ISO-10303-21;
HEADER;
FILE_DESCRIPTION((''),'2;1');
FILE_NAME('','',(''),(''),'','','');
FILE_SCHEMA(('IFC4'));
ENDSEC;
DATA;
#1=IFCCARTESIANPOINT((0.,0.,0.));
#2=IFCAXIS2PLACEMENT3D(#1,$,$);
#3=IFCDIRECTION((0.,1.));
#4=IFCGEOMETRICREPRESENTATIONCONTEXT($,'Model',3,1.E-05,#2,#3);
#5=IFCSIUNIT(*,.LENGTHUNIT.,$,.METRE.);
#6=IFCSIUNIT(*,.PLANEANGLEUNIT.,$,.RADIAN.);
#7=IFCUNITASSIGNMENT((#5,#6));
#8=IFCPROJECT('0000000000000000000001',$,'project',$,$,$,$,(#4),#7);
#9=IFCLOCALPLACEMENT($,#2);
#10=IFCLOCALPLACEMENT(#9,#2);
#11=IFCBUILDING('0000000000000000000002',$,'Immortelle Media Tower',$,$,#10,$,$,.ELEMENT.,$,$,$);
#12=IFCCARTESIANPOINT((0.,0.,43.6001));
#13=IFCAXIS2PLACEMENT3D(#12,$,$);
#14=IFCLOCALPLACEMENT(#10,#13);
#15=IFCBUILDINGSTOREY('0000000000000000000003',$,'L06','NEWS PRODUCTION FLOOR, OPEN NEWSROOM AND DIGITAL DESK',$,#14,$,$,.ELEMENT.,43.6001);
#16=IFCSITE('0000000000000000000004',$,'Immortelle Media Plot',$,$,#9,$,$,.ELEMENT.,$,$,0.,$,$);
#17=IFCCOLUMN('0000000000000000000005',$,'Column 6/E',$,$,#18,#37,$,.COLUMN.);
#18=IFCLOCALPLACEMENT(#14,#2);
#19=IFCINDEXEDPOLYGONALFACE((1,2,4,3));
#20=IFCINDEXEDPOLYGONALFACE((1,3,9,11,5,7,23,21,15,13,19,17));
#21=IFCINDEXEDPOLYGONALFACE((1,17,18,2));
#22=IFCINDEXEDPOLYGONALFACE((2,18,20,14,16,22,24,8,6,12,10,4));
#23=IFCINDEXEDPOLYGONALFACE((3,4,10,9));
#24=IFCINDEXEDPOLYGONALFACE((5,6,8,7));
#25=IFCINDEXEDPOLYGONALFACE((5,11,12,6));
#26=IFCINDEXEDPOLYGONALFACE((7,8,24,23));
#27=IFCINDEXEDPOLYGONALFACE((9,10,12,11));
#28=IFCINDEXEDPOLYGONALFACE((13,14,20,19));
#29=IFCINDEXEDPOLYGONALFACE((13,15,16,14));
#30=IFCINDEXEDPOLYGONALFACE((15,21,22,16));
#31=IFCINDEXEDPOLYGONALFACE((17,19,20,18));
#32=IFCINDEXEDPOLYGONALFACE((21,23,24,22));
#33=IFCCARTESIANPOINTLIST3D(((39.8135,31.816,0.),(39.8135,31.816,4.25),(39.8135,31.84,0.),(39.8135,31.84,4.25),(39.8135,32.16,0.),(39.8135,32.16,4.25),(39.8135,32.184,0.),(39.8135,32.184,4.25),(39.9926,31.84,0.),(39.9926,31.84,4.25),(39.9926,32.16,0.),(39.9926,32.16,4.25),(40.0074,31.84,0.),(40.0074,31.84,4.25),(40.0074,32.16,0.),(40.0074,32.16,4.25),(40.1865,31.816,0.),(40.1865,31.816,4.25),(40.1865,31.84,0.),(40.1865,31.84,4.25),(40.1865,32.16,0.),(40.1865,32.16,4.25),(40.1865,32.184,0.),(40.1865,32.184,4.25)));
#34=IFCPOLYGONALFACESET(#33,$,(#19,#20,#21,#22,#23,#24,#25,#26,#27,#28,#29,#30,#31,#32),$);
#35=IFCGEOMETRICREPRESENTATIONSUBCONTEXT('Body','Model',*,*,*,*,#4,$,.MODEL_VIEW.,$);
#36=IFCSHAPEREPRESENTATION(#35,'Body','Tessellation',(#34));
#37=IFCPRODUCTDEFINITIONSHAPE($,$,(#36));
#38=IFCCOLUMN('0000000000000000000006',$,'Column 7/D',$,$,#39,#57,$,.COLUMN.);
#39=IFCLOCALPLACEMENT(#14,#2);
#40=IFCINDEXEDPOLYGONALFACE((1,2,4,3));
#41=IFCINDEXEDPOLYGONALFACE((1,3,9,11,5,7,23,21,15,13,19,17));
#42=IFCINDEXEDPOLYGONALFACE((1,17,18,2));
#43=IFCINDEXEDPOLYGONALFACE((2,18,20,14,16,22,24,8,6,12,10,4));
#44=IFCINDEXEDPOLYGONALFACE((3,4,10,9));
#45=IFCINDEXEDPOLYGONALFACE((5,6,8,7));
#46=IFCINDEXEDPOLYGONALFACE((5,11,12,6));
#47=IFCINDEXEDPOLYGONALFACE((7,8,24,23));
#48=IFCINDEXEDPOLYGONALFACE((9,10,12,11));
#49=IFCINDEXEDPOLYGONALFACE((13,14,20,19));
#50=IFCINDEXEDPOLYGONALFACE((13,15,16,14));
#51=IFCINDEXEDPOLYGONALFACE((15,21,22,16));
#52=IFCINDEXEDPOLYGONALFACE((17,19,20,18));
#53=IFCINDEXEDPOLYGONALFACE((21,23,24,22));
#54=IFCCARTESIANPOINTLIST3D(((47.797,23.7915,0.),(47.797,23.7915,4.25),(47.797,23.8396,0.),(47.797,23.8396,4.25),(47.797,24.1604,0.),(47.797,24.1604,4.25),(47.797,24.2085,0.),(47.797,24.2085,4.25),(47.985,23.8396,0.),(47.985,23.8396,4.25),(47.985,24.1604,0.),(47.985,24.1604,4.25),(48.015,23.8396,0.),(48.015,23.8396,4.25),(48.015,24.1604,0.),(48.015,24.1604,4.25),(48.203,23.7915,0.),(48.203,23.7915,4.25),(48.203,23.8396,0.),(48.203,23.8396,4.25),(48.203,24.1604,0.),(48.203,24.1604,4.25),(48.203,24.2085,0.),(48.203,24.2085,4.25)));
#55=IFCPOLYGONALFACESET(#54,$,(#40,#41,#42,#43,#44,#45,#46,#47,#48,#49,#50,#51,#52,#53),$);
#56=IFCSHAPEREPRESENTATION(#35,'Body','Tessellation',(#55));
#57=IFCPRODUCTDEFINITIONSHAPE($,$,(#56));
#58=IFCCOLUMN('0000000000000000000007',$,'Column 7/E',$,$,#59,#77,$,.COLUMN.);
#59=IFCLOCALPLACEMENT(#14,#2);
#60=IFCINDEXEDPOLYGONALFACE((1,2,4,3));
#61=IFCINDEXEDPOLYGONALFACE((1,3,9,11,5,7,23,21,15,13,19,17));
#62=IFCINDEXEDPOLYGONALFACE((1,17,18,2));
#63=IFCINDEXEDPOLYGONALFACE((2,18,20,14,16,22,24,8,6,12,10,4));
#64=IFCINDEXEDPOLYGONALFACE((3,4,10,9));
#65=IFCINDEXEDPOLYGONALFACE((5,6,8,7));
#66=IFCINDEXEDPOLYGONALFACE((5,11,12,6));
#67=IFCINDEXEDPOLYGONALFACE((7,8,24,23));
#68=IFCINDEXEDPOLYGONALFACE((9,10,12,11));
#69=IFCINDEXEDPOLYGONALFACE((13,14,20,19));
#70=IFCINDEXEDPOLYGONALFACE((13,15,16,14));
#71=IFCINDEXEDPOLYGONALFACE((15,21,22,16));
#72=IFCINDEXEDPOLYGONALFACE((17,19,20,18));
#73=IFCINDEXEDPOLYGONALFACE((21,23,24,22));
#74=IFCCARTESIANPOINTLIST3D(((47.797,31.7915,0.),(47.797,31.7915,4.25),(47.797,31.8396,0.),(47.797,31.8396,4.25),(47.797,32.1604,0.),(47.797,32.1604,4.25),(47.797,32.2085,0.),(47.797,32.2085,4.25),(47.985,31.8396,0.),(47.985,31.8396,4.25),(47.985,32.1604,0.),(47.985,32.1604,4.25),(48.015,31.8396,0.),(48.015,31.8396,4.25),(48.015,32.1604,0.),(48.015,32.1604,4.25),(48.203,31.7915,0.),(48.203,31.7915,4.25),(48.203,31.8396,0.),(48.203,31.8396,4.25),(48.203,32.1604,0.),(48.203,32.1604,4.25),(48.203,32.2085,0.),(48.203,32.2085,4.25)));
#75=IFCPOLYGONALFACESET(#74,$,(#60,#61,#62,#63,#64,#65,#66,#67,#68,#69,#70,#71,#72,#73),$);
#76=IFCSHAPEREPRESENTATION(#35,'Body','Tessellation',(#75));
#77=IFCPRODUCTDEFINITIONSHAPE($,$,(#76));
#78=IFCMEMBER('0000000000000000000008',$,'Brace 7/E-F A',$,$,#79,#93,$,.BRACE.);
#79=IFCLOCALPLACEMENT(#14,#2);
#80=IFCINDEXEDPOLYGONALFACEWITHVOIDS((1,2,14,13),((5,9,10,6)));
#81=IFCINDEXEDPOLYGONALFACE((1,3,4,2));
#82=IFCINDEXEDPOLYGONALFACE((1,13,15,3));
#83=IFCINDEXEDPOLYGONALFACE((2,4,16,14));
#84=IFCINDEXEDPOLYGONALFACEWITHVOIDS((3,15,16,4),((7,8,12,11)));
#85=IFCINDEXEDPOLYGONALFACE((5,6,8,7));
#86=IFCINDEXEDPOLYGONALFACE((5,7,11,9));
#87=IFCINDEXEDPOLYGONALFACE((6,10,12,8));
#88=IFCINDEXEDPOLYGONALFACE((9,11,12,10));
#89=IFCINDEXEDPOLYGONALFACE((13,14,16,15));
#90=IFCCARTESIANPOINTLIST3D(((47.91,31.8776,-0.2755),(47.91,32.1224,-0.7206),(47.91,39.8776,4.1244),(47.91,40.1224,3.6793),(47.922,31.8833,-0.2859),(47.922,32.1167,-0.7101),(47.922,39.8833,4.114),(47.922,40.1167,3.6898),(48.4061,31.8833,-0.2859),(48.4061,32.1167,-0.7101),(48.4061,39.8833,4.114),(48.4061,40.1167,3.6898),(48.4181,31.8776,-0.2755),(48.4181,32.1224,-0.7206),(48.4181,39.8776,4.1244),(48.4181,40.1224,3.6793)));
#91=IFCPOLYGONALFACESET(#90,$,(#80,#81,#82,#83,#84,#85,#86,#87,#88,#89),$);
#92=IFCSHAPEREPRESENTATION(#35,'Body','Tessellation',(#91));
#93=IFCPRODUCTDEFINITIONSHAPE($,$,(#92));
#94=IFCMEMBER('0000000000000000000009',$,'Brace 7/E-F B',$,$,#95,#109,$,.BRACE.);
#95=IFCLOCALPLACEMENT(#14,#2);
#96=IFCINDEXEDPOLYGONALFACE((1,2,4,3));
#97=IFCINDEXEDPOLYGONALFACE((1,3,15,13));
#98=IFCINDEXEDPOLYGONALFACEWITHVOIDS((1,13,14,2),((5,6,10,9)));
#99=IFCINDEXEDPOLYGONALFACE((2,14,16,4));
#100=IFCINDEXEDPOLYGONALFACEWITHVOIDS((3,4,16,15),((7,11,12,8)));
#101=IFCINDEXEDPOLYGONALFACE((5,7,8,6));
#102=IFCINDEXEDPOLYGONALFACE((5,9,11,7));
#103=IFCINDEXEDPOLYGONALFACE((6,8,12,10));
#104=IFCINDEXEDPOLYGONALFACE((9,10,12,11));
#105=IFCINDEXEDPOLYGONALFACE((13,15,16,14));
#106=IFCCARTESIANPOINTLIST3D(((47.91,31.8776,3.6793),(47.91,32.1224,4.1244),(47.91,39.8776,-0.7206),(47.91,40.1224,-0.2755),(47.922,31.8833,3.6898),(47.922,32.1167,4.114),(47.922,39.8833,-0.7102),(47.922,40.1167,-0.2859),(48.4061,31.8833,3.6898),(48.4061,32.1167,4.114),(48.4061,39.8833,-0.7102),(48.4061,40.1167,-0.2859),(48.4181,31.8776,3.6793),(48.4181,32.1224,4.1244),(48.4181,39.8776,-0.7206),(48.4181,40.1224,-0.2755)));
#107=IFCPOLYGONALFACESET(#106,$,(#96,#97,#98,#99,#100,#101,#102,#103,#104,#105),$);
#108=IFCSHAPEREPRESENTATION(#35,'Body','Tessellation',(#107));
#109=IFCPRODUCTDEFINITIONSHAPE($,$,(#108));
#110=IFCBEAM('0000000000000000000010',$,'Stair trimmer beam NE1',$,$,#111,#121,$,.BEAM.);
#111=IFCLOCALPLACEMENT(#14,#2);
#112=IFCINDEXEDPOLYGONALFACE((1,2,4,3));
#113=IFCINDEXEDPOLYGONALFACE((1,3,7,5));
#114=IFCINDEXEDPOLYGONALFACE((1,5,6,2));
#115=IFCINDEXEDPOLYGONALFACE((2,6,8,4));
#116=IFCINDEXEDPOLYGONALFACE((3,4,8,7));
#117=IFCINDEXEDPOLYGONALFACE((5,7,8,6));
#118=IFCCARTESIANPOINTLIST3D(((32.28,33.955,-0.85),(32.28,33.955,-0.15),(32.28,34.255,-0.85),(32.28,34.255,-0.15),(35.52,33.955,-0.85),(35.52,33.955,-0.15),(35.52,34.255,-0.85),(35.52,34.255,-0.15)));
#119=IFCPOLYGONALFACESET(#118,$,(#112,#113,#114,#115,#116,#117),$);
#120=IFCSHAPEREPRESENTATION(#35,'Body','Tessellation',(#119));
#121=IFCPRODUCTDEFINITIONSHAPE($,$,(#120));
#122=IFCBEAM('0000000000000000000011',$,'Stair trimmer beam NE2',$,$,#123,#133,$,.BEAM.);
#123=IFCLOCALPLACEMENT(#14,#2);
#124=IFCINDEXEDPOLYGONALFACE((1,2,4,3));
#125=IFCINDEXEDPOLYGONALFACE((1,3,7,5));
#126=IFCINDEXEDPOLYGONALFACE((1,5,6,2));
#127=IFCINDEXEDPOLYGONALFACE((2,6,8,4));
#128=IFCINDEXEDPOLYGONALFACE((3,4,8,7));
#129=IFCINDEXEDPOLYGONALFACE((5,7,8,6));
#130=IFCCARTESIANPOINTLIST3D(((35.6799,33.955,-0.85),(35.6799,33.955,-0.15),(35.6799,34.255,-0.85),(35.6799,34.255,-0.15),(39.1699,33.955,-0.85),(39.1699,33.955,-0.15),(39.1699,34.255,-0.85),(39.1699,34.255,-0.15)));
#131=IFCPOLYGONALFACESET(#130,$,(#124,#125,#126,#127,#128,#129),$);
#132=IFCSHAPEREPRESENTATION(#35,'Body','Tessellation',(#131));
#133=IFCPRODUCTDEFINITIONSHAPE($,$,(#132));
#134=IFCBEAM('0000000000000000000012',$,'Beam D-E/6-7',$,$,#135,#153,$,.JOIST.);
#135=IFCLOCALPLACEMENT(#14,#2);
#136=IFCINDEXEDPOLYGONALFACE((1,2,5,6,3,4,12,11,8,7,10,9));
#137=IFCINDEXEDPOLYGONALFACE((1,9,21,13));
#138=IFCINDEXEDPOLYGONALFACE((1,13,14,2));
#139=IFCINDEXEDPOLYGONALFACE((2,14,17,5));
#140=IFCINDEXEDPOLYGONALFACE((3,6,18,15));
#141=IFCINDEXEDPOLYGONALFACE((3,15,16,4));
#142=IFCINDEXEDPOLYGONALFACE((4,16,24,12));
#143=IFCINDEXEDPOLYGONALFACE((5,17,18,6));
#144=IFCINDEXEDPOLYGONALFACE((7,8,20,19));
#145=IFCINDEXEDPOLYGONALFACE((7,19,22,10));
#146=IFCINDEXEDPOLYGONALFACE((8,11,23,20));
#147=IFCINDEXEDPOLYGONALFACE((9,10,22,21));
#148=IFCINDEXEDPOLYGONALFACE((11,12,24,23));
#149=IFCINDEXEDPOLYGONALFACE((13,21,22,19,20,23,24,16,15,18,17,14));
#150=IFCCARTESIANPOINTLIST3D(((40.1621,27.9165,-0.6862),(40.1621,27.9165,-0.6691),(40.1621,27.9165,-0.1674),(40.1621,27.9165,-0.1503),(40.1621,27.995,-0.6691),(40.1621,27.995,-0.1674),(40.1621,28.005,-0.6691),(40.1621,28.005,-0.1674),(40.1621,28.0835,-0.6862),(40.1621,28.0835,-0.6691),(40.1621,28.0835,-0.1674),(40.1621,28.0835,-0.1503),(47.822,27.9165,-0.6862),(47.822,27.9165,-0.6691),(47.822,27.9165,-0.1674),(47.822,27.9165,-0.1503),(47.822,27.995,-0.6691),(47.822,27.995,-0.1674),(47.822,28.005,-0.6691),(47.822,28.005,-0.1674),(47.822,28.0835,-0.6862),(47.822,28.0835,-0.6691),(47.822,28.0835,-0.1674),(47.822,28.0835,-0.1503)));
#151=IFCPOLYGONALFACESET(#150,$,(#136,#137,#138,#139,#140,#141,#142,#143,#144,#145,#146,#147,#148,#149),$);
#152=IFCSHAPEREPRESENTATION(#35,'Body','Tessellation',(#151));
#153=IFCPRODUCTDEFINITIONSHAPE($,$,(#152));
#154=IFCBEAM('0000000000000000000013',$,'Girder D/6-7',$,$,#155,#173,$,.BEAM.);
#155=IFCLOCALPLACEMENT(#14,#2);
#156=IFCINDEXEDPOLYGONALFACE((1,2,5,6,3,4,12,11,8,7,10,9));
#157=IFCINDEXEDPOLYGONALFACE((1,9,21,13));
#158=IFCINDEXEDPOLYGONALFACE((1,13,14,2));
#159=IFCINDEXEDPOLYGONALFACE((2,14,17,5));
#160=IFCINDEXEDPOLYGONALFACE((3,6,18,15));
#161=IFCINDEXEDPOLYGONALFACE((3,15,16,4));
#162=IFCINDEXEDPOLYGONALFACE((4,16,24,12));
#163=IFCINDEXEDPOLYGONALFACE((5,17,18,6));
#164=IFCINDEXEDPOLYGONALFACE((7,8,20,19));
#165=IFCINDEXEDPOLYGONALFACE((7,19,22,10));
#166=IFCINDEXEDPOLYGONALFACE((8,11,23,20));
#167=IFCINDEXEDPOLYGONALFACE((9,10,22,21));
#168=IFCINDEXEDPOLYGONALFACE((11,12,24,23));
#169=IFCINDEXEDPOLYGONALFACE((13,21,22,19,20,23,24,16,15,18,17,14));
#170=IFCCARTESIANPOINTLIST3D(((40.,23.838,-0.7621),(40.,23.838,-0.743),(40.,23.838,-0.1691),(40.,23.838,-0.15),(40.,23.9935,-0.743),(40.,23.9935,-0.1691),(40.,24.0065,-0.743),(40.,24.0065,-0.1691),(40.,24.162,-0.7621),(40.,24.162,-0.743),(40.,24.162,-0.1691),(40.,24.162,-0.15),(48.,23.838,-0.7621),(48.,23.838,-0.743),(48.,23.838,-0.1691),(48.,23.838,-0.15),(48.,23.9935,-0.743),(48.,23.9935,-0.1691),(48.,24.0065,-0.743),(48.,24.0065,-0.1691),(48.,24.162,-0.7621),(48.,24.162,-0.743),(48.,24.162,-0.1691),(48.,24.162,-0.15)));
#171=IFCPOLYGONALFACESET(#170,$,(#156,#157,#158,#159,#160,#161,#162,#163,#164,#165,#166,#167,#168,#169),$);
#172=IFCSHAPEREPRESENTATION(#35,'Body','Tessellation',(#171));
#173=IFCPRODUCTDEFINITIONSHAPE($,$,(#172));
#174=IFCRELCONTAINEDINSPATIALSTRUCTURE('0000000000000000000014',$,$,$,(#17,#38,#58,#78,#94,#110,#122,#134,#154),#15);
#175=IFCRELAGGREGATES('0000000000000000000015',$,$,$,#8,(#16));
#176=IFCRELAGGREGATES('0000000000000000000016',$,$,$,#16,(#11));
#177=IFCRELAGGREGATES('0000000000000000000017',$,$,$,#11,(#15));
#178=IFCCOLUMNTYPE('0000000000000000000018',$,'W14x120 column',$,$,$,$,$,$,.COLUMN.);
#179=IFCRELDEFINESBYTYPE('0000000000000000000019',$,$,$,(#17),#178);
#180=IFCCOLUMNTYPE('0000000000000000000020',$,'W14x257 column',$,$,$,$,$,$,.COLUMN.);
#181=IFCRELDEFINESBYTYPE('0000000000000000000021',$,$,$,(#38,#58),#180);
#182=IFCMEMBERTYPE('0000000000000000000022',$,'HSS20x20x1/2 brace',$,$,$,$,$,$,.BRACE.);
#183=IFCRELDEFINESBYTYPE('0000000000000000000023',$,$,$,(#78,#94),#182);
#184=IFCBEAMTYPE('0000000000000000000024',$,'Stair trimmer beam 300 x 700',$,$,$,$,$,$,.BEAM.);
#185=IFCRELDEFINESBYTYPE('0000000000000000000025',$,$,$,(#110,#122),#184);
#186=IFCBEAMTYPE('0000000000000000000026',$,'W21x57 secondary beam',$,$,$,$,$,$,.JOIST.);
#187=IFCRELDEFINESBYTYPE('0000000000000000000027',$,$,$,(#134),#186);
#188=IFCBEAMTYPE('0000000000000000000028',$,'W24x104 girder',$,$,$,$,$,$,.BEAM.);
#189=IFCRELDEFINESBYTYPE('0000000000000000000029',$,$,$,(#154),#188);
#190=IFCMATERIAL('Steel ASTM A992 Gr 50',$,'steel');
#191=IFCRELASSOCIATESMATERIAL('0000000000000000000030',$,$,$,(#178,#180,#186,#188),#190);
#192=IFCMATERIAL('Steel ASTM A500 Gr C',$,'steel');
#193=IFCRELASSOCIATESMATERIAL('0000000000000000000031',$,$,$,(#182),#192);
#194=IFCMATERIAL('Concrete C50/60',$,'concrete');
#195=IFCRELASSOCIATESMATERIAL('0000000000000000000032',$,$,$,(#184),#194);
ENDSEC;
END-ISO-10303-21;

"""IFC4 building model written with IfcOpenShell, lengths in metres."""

from ifc_helpers import new_model, si_unit, direction, frame, origin, origin_2d, place, context, subcontext, project, spatial, rectangle, hollow_rectangle, i_section, extrude, material, material_profile, profile_set, type_object, element, save


model = new_model("IFC4")

# Units and contexts
model_context = context("Model", 3, precision=1e-05, world=origin(), true_north=direction((0.0, 1.0)))
body_context = subcontext(model_context, "Body", "Model", "MODEL_VIEW")
ifc_project = project(units=[si_unit("LENGTHUNIT", "METRE"), si_unit("PLANEANGLEUNIT", "RADIAN")], contexts=[model_context])

# Site, building, storey
site_placement = place(None, origin())
site = spatial("IfcSite", under=ifc_project, at=site_placement, Name="Immortelle Media Plot", CompositionType="ELEMENT", RefElevation=0.0)
building_placement = place(site_placement, origin())
building = spatial("IfcBuilding", under=site, at=building_placement, Name="Immortelle Media Tower", CompositionType="ELEMENT")
storey_placement = place(building_placement, frame((0.0, 0.0, 43.6001)))
storey = spatial("IfcBuildingStorey", under=building, at=storey_placement, Name="L06", Description="NEWS PRODUCTION FLOOR, OPEN NEWSROOM AND DIGITAL DESK", CompositionType="ELEMENT", Elevation=43.6001)

# Columns
ifc_material_1 = material(Name="Steel ASTM A992 Gr 50", Category="steel")
ifc_material_profile_1 = material_profile(ifc_material_1, i_section(OverallWidth=0.373, OverallDepth=0.3679, WebThickness=0.0149, FlangeThickness=0.0239, at=origin_2d()), Name="W14x120")
ifc_profile_set_1 = profile_set([ifc_material_profile_1], Name="Steel ASTM A992 Gr 50")
column_type_1 = type_object("IfcColumnType", Name="W14x120 column", PredefinedType="COLUMN", material=ifc_profile_set_1)
column_placement = place(storey_placement, frame((40.0, 32.0, 0.0), z_axis=(0.0, 0.0, 1.0), x_axis=(1.0, 0.0, 0.0)))
element("IfcColumn", 1, at=column_placement, inside=storey, type_object=column_type_1, Name="Column 6/E", PredefinedType="COLUMN", context=body_context, shape_type="SweptSolid", body=[
    extrude(i_section(OverallWidth=0.373, OverallDepth=0.3679, WebThickness=0.0149, FlangeThickness=0.0239, at=origin_2d()), origin(), (0.0, 0.0, 1.0), 4.25),
])
ifc_material_profile_2 = material_profile(ifc_material_1, i_section(OverallWidth=0.406, OverallDepth=0.417, WebThickness=0.03, FlangeThickness=0.0481, at=origin_2d()), Name="W14x257")
ifc_profile_set_2 = profile_set([ifc_material_profile_2], Name="Steel ASTM A992 Gr 50")
column_type_2 = type_object("IfcColumnType", Name="W14x257 column", PredefinedType="COLUMN", material=ifc_profile_set_2)
for number, where, z_axis, x_axis, name in (
    (2, (48.0, 24.0, 0.0), (0.0, 0.0, 1.0), (1.0, 0.0, 0.0), "Column 7/D"),
    (3, (48.0, 32.0, 0.0), (0.0, 0.0, 1.0), (1.0, 0.0, 0.0), "Column 7/E"),
):
    element("IfcColumn", number, at=place(storey_placement, frame(where, z_axis=z_axis, x_axis=x_axis)), inside=storey, type_object=column_type_2, Name=name, PredefinedType="COLUMN", context=body_context, shape_type="SweptSolid", body=[
        extrude(i_section(OverallWidth=0.406, OverallDepth=0.417, WebThickness=0.03, FlangeThickness=0.0481, at=origin_2d()), origin(), (0.0, 0.0, 1.0), 4.25),
    ])

# Members
ifc_material_2 = material(Name="Steel ASTM A500 Gr C", Category="steel")
ifc_material_profile_3 = material_profile(ifc_material_2, hollow_rectangle(XDim=0.5081, YDim=0.5081, WallThickness=0.012, at=origin_2d()), Name="HSS20x20x1/2 brace")
ifc_profile_set_3 = profile_set([ifc_material_profile_3], Name="Steel ASTM A500 Gr C")
member_type = type_object("IfcMemberType", Name="HSS20x20x1/2 brace", PredefinedType="BRACE", material=ifc_profile_set_3)
for number, where, z_axis, x_axis, name in (
    (4, (48.1641, 32.0, -0.498), (0.0, 0.87622, 0.481911), (-1.0, 0.0, 0.0), "Brace 7/E-F A"),
    (5, (48.1641, 32.0, 3.9019), (0.0, 0.87622, -0.481911), (-1.0, 0.0, 0.0), "Brace 7/E-F B"),
):
    element("IfcMember", number, at=place(storey_placement, frame(where, z_axis=z_axis, x_axis=x_axis)), inside=storey, type_object=member_type, Name=name, PredefinedType="BRACE", context=body_context, shape_type="SweptSolid", body=[
        extrude(hollow_rectangle(XDim=0.5081, YDim=0.5081, WallThickness=0.012, at=origin_2d()), origin(), (0.0, 0.0, 1.0), 9.1301),
    ])

# Beams
ifc_material_3 = material(Name="Concrete C50/60", Category="concrete")
ifc_material_profile_4 = material_profile(ifc_material_3, rectangle(XDim=0.3, YDim=0.7, at=origin_2d()), Name="RC 300x700")
ifc_profile_set_4 = profile_set([ifc_material_profile_4], Name="Concrete C50/60")
beam_type_1 = type_object("IfcBeamType", Name="Stair trimmer beam 300 x 700", PredefinedType="BEAM", material=ifc_profile_set_4)
beam_1_placement = place(storey_placement, frame((32.28, 34.105, -0.5), z_axis=(1.0, 0.0, 0.0), x_axis=(0.0, 1.0, 0.0)))
element("IfcBeam", 6, at=beam_1_placement, inside=storey, type_object=beam_type_1, Name="Stair trimmer beam NE1", PredefinedType="BEAM", context=body_context, shape_type="SweptSolid", body=[
    extrude(rectangle(XDim=0.3, YDim=0.7, at=origin_2d()), origin(), (0.0, 0.0, 1.0), 3.24),
])
beam_2_placement = place(storey_placement, frame((35.6799, 34.105, -0.5), z_axis=(1.0, 0.0, 0.0), x_axis=(0.0, 1.0, 0.0)))
element("IfcBeam", 7, at=beam_2_placement, inside=storey, type_object=beam_type_1, Name="Stair trimmer beam NE2", PredefinedType="BEAM", context=body_context, shape_type="SweptSolid", body=[
    extrude(rectangle(XDim=0.3, YDim=0.7, at=origin_2d()), origin(), (0.0, 0.0, 1.0), 3.49),
])
ifc_material_profile_5 = material_profile(ifc_material_1, i_section(OverallWidth=0.167, OverallDepth=0.5359, WebThickness=0.01, FlangeThickness=0.0171, at=origin_2d()), Name="W21x57")
ifc_profile_set_5 = profile_set([ifc_material_profile_5], Name="Steel ASTM A992 Gr 50")
beam_type_2 = type_object("IfcBeamType", Name="W21x57 secondary beam", PredefinedType="JOIST", material=ifc_profile_set_5)
beam_3_placement = place(storey_placement, frame((40.1621, 28.0, -0.4182), z_axis=(1.0, 0.0, 0.0), x_axis=(0.0, 1.0, 0.0)))
element("IfcBeam", 8, at=beam_3_placement, inside=storey, type_object=beam_type_2, Name="Beam D-E/6-7", PredefinedType="JOIST", context=body_context, shape_type="SweptSolid", body=[
    extrude(i_section(OverallWidth=0.167, OverallDepth=0.5359, WebThickness=0.01, FlangeThickness=0.0171, at=origin_2d()), origin(), (0.0, 0.0, 1.0), 7.6599),
])
ifc_material_profile_6 = material_profile(ifc_material_1, i_section(OverallWidth=0.324, OverallDepth=0.6121, WebThickness=0.0129, FlangeThickness=0.019, at=origin_2d()), Name="W24x104")
ifc_profile_set_6 = profile_set([ifc_material_profile_6], Name="Steel ASTM A992 Gr 50")
beam_type_3 = type_object("IfcBeamType", Name="W24x104 girder", PredefinedType="BEAM", material=ifc_profile_set_6)
for number, where, z_axis, x_axis, name in (
    (9, (40.0, 24.0, -0.4561), (1.0, 0.0, 0.0), (0.0, 1.0, 0.0), "Girder D/6-7"),
):
    element("IfcBeam", number, at=place(storey_placement, frame(where, z_axis=z_axis, x_axis=x_axis)), inside=storey, type_object=beam_type_3, Name=name, PredefinedType="BEAM", context=body_context, shape_type="SweptSolid", body=[
        extrude(i_section(OverallWidth=0.324, OverallDepth=0.6121, WebThickness=0.0129, FlangeThickness=0.019, at=origin_2d()), origin(), (0.0, 0.0, 1.0), 8.0),
    ])

save(model, "model.ifc")
